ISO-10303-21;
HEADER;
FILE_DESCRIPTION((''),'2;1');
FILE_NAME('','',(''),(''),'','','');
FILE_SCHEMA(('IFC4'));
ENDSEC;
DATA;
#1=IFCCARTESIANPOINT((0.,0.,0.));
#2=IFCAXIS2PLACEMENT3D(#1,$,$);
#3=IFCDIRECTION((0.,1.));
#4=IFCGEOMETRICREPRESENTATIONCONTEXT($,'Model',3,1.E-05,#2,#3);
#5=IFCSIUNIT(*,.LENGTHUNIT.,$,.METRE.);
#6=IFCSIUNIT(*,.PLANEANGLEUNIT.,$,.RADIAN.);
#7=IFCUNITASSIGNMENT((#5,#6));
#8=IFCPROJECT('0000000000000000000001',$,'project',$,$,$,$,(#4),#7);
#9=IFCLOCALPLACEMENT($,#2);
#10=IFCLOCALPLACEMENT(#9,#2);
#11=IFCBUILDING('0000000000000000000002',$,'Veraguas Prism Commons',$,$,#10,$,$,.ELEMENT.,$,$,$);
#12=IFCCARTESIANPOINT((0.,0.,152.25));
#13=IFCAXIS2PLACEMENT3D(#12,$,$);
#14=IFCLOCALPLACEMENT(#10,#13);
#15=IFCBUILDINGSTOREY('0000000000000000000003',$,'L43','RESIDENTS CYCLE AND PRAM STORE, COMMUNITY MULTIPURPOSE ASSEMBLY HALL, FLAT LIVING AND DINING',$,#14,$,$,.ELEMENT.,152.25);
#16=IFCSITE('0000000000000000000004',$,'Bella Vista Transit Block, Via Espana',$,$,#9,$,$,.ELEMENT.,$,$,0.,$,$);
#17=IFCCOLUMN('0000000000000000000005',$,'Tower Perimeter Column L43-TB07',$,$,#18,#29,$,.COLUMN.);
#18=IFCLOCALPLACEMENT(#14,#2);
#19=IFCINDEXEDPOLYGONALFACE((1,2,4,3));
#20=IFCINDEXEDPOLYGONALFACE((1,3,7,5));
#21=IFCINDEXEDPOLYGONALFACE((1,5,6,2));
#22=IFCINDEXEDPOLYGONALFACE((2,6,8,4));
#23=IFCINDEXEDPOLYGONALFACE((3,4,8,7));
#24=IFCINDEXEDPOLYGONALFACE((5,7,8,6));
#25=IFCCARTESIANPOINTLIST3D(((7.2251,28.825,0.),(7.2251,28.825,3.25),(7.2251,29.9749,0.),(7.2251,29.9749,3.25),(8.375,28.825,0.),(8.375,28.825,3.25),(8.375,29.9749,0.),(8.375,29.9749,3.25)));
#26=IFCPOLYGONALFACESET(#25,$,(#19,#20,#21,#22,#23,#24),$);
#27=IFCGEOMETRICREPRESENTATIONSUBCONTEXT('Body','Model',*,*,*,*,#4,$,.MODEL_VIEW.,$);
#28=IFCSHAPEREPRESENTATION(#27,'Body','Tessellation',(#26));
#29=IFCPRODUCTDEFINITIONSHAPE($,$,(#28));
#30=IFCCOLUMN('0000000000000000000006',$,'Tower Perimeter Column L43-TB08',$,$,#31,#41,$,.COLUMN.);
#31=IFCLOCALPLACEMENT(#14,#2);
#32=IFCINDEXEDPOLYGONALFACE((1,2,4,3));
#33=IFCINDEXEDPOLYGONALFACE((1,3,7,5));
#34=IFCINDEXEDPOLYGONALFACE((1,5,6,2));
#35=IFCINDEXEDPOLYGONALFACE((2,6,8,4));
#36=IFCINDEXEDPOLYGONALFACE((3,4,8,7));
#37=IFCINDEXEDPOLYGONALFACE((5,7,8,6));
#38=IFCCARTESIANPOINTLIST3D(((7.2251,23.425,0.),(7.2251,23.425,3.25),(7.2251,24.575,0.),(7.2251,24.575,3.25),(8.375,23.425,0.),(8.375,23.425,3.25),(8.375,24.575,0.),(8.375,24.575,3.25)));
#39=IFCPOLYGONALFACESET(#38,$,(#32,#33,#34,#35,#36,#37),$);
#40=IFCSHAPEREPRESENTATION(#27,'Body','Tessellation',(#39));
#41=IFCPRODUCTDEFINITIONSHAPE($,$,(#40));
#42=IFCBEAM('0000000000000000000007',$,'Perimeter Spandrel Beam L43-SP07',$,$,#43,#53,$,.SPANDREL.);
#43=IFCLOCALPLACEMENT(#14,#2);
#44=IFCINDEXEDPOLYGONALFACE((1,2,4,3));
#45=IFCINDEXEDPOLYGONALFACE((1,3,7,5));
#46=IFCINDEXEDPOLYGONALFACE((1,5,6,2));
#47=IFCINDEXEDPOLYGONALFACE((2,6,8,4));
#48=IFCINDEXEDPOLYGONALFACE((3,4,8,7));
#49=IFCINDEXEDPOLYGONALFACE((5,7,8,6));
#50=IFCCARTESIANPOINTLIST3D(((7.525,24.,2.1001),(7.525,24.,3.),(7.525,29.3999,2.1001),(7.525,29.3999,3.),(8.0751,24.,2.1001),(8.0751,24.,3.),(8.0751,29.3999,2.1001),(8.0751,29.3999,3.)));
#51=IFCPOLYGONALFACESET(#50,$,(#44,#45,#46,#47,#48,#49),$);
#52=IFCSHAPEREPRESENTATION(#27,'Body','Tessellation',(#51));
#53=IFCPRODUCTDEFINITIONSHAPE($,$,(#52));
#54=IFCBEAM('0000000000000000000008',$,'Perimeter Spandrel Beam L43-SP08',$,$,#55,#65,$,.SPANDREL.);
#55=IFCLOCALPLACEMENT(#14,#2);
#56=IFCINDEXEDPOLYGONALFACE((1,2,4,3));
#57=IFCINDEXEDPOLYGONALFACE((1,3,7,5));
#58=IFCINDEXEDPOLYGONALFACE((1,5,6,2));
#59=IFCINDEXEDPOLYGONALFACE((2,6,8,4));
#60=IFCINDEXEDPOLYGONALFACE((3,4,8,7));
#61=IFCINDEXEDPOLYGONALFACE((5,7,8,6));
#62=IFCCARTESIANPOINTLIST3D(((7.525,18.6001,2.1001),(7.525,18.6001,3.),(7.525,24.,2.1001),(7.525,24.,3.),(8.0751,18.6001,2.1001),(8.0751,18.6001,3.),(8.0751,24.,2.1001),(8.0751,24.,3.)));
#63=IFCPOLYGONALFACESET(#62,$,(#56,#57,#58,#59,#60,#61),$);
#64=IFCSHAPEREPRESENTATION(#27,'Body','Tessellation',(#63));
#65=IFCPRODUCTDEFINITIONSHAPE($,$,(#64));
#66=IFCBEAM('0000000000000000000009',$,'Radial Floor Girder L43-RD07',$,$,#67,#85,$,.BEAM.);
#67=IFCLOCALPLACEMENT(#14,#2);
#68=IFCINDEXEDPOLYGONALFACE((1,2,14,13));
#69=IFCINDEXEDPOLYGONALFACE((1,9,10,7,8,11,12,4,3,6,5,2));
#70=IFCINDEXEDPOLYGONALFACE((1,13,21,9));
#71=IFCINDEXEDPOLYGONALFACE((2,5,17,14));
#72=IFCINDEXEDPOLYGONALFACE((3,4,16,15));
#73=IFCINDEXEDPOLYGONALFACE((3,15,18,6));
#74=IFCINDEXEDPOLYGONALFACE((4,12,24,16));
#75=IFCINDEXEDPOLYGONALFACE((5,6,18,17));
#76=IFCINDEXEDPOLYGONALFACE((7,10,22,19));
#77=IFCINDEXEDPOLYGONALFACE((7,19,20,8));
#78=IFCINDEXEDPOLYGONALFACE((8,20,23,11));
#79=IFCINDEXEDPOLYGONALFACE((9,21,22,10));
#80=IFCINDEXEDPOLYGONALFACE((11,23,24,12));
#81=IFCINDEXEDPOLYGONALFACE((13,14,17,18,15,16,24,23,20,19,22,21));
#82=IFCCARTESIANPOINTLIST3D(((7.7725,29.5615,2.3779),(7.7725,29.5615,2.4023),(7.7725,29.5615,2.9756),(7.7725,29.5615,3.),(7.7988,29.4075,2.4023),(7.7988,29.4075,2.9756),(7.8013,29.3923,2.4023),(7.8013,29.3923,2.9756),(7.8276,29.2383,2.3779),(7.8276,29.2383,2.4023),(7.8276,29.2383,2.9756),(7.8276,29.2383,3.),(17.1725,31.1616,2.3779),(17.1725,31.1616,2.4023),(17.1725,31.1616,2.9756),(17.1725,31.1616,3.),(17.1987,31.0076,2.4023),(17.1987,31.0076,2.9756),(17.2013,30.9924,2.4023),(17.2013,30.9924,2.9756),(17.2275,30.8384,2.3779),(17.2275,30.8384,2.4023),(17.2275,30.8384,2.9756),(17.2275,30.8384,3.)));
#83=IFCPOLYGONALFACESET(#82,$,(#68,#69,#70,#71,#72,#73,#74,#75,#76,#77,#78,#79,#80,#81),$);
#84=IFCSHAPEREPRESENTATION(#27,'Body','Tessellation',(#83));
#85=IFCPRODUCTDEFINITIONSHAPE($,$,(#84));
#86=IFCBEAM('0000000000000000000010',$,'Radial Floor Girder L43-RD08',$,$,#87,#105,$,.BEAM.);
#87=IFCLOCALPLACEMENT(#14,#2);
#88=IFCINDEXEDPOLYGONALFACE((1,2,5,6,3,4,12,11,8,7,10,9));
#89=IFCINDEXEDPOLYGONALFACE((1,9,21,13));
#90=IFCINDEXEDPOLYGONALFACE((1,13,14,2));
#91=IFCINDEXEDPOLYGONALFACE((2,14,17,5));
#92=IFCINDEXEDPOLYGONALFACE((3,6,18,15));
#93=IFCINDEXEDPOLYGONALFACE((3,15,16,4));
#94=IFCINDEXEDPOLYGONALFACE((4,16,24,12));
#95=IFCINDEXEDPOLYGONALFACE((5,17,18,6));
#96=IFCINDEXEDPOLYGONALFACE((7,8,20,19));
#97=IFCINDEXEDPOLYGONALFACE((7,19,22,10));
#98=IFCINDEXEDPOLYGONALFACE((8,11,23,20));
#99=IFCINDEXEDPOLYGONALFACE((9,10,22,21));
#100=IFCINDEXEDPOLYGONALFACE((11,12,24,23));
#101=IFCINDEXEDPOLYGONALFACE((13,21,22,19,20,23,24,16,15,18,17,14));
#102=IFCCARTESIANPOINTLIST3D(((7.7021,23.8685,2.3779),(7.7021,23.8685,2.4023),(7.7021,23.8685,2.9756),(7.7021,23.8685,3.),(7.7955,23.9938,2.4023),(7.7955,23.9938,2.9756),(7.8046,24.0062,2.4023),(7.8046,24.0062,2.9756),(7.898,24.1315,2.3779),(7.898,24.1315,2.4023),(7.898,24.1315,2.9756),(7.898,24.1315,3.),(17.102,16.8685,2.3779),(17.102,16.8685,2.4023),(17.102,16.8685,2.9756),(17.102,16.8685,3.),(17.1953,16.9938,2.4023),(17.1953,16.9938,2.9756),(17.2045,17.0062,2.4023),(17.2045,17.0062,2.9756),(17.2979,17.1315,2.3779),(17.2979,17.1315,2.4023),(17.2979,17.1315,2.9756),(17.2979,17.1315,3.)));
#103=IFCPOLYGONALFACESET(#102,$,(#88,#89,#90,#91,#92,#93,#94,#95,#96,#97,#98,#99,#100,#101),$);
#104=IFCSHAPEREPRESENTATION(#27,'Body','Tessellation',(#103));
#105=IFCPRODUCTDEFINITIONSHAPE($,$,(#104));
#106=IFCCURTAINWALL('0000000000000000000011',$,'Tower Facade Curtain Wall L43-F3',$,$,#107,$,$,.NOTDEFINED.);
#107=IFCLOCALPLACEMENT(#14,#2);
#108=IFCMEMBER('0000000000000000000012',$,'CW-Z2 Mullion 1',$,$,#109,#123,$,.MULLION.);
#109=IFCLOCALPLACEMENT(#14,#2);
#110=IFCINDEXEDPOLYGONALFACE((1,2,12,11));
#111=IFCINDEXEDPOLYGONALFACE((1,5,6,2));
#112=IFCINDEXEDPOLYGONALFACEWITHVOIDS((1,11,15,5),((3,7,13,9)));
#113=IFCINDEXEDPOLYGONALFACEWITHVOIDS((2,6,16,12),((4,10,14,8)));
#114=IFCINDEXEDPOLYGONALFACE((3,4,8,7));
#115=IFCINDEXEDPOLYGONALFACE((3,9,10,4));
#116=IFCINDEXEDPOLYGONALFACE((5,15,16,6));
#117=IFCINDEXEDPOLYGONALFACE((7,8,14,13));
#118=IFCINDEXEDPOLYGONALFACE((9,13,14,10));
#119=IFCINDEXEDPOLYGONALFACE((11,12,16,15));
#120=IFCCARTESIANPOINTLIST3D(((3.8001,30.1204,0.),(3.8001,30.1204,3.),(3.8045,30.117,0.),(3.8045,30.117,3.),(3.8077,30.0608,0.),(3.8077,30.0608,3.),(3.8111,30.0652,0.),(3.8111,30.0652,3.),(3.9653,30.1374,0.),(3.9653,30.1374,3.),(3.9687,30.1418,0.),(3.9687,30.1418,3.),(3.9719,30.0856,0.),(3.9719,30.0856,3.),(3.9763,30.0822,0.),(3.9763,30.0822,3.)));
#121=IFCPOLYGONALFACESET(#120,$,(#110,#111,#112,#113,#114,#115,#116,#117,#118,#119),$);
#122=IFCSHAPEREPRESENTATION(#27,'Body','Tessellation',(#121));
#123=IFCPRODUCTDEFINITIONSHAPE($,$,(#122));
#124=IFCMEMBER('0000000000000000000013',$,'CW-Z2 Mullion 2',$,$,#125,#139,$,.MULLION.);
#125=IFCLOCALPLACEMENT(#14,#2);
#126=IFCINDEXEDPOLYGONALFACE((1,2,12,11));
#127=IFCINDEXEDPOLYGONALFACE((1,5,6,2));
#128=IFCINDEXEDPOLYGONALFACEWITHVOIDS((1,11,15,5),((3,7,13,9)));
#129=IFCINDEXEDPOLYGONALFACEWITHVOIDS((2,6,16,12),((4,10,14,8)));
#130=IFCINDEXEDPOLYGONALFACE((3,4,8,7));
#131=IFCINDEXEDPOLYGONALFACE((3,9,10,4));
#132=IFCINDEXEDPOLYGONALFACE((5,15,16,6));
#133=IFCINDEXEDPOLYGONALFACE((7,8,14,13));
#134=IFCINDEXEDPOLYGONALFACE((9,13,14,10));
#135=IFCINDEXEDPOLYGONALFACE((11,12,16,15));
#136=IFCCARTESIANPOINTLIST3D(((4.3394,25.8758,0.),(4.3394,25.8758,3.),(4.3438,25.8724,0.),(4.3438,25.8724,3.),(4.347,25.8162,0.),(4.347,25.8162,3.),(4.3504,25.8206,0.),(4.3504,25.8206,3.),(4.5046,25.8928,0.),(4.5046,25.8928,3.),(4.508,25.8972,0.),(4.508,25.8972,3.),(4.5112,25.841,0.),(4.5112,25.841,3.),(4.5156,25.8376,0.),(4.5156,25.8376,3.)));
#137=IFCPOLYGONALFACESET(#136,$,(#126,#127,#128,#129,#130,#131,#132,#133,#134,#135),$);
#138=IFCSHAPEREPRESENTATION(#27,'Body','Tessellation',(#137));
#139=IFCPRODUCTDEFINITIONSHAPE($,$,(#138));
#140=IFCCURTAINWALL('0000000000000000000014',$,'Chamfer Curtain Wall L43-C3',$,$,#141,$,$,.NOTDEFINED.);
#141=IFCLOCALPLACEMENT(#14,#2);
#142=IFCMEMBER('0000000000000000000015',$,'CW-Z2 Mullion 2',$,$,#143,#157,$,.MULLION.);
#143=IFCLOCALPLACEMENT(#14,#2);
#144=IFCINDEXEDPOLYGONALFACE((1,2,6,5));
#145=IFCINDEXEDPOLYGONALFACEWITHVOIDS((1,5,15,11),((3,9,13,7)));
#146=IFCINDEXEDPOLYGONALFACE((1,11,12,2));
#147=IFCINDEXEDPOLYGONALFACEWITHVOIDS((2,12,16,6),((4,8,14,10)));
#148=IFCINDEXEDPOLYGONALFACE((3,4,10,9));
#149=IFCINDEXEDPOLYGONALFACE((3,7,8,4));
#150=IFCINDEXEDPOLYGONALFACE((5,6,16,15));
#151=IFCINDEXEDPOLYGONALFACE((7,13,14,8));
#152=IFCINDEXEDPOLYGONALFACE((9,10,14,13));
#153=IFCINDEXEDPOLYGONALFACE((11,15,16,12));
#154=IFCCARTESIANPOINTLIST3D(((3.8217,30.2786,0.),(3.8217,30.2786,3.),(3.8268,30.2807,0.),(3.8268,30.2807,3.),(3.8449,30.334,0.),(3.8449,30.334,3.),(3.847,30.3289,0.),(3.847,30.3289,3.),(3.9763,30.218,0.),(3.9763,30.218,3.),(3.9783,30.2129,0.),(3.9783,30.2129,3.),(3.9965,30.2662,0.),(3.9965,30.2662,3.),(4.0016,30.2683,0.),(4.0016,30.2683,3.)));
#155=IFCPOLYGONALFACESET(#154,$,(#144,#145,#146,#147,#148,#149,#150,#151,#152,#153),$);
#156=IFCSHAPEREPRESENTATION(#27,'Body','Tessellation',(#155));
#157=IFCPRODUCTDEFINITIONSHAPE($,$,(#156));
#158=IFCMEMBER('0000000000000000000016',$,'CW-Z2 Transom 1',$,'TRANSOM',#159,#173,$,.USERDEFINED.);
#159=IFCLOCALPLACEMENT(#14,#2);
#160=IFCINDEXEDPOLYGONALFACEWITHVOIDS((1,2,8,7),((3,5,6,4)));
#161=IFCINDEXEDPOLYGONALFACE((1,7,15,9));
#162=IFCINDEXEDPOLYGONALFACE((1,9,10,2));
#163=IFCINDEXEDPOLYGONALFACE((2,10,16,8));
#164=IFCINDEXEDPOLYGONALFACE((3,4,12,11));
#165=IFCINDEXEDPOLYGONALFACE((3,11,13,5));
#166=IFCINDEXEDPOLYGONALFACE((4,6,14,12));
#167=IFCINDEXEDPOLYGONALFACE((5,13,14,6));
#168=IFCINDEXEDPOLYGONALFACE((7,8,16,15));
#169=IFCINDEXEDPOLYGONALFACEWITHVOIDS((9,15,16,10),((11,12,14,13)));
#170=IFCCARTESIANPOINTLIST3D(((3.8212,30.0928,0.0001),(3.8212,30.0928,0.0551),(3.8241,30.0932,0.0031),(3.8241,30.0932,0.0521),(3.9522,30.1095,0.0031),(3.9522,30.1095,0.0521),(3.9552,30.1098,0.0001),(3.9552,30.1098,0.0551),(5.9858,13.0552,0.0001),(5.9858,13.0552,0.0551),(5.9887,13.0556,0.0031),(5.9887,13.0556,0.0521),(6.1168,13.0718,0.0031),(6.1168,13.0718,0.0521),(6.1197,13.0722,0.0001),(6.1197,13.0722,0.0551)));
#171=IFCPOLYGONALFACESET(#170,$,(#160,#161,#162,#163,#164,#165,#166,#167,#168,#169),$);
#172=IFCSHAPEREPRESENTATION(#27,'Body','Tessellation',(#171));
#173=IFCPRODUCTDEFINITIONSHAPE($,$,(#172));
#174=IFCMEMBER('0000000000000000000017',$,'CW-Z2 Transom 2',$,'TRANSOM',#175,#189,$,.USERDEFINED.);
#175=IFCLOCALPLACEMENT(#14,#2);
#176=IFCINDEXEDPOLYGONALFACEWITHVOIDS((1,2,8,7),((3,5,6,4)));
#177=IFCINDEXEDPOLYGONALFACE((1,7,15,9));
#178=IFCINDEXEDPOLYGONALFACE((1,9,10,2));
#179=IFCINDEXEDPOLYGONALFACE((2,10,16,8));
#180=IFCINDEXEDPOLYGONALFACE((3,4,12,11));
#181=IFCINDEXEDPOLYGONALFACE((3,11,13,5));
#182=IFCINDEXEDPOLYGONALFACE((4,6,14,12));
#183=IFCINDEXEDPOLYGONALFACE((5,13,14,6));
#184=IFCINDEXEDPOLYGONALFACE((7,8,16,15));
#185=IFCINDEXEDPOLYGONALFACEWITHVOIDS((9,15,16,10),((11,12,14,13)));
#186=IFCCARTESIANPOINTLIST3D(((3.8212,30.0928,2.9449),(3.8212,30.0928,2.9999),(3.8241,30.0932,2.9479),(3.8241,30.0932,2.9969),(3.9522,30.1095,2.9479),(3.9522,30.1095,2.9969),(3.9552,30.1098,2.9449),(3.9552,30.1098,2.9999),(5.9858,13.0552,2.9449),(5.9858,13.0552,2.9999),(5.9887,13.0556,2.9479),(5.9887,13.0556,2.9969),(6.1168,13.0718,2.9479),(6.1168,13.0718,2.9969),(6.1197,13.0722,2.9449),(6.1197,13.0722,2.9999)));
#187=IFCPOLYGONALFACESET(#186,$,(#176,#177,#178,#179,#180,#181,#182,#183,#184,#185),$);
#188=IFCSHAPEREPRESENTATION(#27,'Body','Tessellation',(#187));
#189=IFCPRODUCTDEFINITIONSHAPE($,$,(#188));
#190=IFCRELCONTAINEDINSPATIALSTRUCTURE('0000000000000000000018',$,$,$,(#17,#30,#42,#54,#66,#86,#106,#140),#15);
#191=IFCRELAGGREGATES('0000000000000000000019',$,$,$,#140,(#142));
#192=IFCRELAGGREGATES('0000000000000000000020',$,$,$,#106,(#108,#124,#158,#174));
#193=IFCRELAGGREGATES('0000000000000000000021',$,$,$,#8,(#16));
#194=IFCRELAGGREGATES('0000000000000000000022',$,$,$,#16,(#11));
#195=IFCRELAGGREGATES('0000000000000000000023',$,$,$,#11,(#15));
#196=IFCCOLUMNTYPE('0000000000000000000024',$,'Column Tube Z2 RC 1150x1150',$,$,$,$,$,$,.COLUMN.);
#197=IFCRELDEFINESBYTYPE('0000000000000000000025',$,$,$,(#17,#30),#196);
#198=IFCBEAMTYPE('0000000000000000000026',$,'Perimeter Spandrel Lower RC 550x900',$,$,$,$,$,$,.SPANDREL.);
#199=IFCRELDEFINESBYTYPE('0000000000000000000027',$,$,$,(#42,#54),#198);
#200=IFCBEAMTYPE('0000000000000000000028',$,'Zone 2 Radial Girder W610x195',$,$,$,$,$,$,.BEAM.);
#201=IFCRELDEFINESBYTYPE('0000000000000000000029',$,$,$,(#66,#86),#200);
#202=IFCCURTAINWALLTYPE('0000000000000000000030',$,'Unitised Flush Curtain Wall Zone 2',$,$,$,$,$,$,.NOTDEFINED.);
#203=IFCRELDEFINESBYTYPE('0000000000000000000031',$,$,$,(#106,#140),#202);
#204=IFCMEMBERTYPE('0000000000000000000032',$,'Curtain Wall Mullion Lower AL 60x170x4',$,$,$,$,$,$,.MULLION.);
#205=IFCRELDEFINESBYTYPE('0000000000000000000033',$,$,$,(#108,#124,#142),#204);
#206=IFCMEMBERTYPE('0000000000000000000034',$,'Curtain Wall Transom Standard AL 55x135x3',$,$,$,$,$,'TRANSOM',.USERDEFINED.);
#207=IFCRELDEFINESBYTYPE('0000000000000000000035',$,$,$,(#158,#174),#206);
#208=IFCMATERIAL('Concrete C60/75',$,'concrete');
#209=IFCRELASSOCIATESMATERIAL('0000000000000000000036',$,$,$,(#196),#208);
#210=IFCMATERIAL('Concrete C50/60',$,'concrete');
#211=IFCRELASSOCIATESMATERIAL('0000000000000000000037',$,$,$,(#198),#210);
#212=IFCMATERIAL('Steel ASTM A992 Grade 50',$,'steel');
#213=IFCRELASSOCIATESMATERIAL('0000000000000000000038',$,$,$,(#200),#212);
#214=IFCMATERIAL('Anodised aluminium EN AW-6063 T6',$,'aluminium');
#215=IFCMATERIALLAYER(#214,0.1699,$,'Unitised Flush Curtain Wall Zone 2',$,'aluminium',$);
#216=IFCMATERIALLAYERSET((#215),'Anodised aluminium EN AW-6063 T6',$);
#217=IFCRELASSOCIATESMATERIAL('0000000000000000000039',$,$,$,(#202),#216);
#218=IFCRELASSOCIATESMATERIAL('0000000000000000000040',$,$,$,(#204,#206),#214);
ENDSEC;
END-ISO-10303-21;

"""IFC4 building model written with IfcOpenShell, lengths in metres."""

from ifc_helpers import new_model, si_unit, direction, frame, origin, origin_2d, place, context, subcontext, project, spatial, rectangle, hollow_rectangle, i_section, extrude, source, transform, mapped, material, layer, layer_set, material_profile, profile_set, type_object, element, aggregate, save


model = new_model("IFC4")

# Units and contexts
model_context = context("Model", 3, precision=1e-05, world=origin(), true_north=direction((0.0, 1.0)))
body_context = subcontext(model_context, "Body", "Model", "MODEL_VIEW")
ifc_project = project(units=[si_unit("LENGTHUNIT", "METRE"), si_unit("PLANEANGLEUNIT", "RADIAN")], contexts=[model_context])

# Site, building, storey
site_placement = place(None, origin())
site = spatial("IfcSite", under=ifc_project, at=site_placement, Name="Bella Vista Transit Block, Via Espana", CompositionType="ELEMENT", RefElevation=0.0)
building_placement = place(site_placement, origin())
building = spatial("IfcBuilding", under=site, at=building_placement, Name="Veraguas Prism Commons", CompositionType="ELEMENT")
storey_placement = place(building_placement, frame((0.0, 0.0, 152.25)))
storey = spatial("IfcBuildingStorey", under=building, at=storey_placement, Name="L43", Description="RESIDENTS CYCLE AND PRAM STORE, COMMUNITY MULTIPURPOSE ASSEMBLY HALL, FLAT LIVING AND DINING", CompositionType="ELEMENT", Elevation=152.25)

# Columns
ifc_material_1 = material(Name="Concrete C60/75", Category="concrete")
ifc_material_profile_1 = material_profile(ifc_material_1, rectangle(XDim=1.1499, YDim=1.1499, at=origin_2d()), Name="RC1150X1150")
ifc_profile_set_1 = profile_set([ifc_material_profile_1], Name="Concrete C60/75")
column_type = type_object("IfcColumnType", Name="Column Tube Z2 RC 1150x1150", PredefinedType="COLUMN", material=ifc_profile_set_1)
for number, where, z_axis, x_axis, name in (
    (1, (7.8, 29.3999, 0.0), (0.0, 0.0, 1.0), (1.0, 0.0, 0.0), "Tower Perimeter Column L43-TB07"),
    (2, (7.8, 24.0, 0.0), (0.0, 0.0, 1.0), (1.0, 0.0, 0.0), "Tower Perimeter Column L43-TB08"),
):
    element("IfcColumn", number, at=place(storey_placement, frame(where, z_axis=z_axis, x_axis=x_axis)), inside=storey, type_object=column_type, Name=name, PredefinedType="COLUMN", context=body_context, shape_type="SweptSolid", body=[
        extrude(rectangle(XDim=1.1499, YDim=1.1499, at=origin_2d()), origin(), (0.0, 0.0, 1.0), 3.25),
    ])

# Beams
ifc_material_2 = material(Name="Concrete C50/60", Category="concrete")
ifc_material_profile_2 = material_profile(ifc_material_2, rectangle(XDim=0.55, YDim=0.8999, at=origin_2d()), Name="RC550X900")
ifc_profile_set_2 = profile_set([ifc_material_profile_2], Name="Concrete C50/60")
beam_type_1 = type_object("IfcBeamType", Name="Perimeter Spandrel Lower RC 550x900", PredefinedType="SPANDREL", material=ifc_profile_set_2)
for number, where, z_axis, x_axis, name in (
    (3, (7.8, 29.3999, 2.55), (0.0, -1.0, 0.0), (1.0, 0.0, 0.0), "Perimeter Spandrel Beam L43-SP07"),
    (4, (7.8, 24.0, 2.55), (0.0, -1.0, 0.0), (1.0, 0.0, 0.0), "Perimeter Spandrel Beam L43-SP08"),
):
    element("IfcBeam", number, at=place(storey_placement, frame(where, z_axis=z_axis, x_axis=x_axis)), inside=storey, type_object=beam_type_1, Name=name, PredefinedType="SPANDREL", context=body_context, shape_type="SweptSolid", body=[
        extrude(rectangle(XDim=0.55, YDim=0.8999, at=origin_2d()), origin(), (0.0, 0.0, 1.0), 5.3999),
    ])
ifc_material_3 = material(Name="Steel ASTM A992 Grade 50", Category="steel")
ifc_material_profile_3 = material_profile(ifc_material_3, i_section(OverallWidth=0.3279, OverallDepth=0.6221, WebThickness=0.0154, FlangeThickness=0.0244, at=origin_2d()), Name="W610X195")
ifc_profile_set_3 = profile_set([ifc_material_profile_3], Name="Steel ASTM A992 Grade 50")
beam_type_2 = type_object("IfcBeamType", Name="Zone 2 Radial Girder W610x195", PredefinedType="BEAM", material=ifc_profile_set_3)
beam_1_placement = place(storey_placement, frame((7.8, 29.3999, 2.689), z_axis=(0.985819, 0.167811, 0.0), x_axis=(-0.167811, 0.985819, 0.0)))
element("IfcBeam", 5, at=beam_1_placement, inside=storey, type_object=beam_type_2, Name="Radial Floor Girder L43-RD07", PredefinedType="BEAM", context=body_context, shape_type="SweptSolid", body=[
    extrude(i_section(OverallWidth=0.3279, OverallDepth=0.6221, WebThickness=0.0154, FlangeThickness=0.0244, at=origin_2d()), origin(), (0.0, 0.0, 1.0), 9.5352),
])
beam_2_placement = place(storey_placement, frame((7.8, 24.0, 2.689), z_axis=(0.80204, -0.59727, 0.0), x_axis=(0.59727, 0.80204, 0.0)))
element("IfcBeam", 6, at=beam_2_placement, inside=storey, type_object=beam_type_2, Name="Radial Floor Girder L43-RD08", PredefinedType="BEAM", context=body_context, shape_type="SweptSolid", body=[
    extrude(i_section(OverallWidth=0.3279, OverallDepth=0.6221, WebThickness=0.0154, FlangeThickness=0.0244, at=origin_2d()), origin(), (0.0, 0.0, 1.0), 11.72),
])

# Curtain wall, members
ifc_material_4 = material(Name="Anodised aluminium EN AW-6063 T6", Category="aluminium")
ifc_layer_1 = layer(ifc_material_4, 0.1699, Name="Unitised Flush Curtain Wall Zone 2", Category="aluminium")
ifc_layer_set_1 = layer_set([ifc_layer_1], Name="Anodised aluminium EN AW-6063 T6")
curtain_wall_type = type_object("IfcCurtainWallType", Name="Unitised Flush Curtain Wall Zone 2", PredefinedType="NOTDEFINED", material=ifc_layer_set_1)
curtain_wall_1_placement = place(storey_placement, origin())
curtain_wall_1 = element("IfcCurtainWall", 7, at=curtain_wall_1_placement, inside=storey, type_object=curtain_wall_type, Name="Tower Facade Curtain Wall L43-F3", PredefinedType="NOTDEFINED")
ifc_material_profile_4 = material_profile(ifc_material_4, hollow_rectangle(XDim=0.0601, YDim=0.1699, WallThickness=0.0039, at=origin_2d()), Name="AL60X170X4")
ifc_profile_set_4 = profile_set([ifc_material_profile_4], Name="Anodised aluminium EN AW-6063 T6")
member_type_1 = type_object("IfcMemberType", Name="Curtain Wall Mullion Lower AL 60x170x4", PredefinedType="MULLION", material=ifc_profile_set_4)
shared_shape_1 = source(origin(), body_context, "Body", "SweptSolid", [
    extrude(hollow_rectangle(XDim=0.0601, YDim=0.1699, WallThickness=0.0039, at=origin_2d()), origin(), (0.0, 0.0, 1.0), 3.0),
])
member_1_placement = place(storey_placement, frame((3.8882, 30.1013, 0.0), z_axis=(0.0, 0.0, 1.0), x_axis=(0.126021, -0.992028, 0.0)))
member_1 = element("IfcMember", 8, at=member_1_placement, type_object=member_type_1, Name="CW-Z2 Mullion 1", PredefinedType="MULLION", context=body_context, shape_type="MappedRepresentation", body=[
    mapped(shared_shape_1, transform((0.0, 0.0, 0.0), scale=1.0)),
])
member_2_placement = place(storey_placement, frame((4.4275, 25.8567, 0.0), z_axis=(0.0, 0.0, 1.0), x_axis=(0.126021, -0.992028, 0.0)))
member_2 = element("IfcMember", 9, at=member_2_placement, type_object=member_type_1, Name="CW-Z2 Mullion 2", PredefinedType="MULLION", context=body_context, shape_type="MappedRepresentation", body=[
    mapped(shared_shape_1, transform((0.0, 0.0, 0.0), scale=1.0)),
])

# Curtain wall, member
curtain_wall_2_placement = place(storey_placement, origin())
curtain_wall_2 = element("IfcCurtainWall", 10, at=curtain_wall_2_placement, inside=storey, type_object=curtain_wall_type, Name="Chamfer Curtain Wall L43-C3", PredefinedType="NOTDEFINED")
member_3_placement = place(storey_placement, frame((3.9116, 30.2734, 0.0), z_axis=(0.0, 0.0, 1.0), x_axis=(-0.386882, -0.922129, 0.0)))
member_3 = element("IfcMember", 11, at=member_3_placement, type_object=member_type_1, Name="CW-Z2 Mullion 2", PredefinedType="MULLION", context=body_context, shape_type="MappedRepresentation", body=[
    mapped(shared_shape_1, transform((0.0, 0.0, 0.0), scale=1.0)),
])
aggregate(curtain_wall_2, [member_3])

# Members
ifc_material_profile_5 = material_profile(ifc_material_4, hollow_rectangle(XDim=0.0549, YDim=0.135, WallThickness=0.0029, at=origin_2d()), Name="AL55X135X3")
ifc_profile_set_5 = profile_set([ifc_material_profile_5], Name="Anodised aluminium EN AW-6063 T6")
member_type_2 = type_object("IfcMemberType", Name="Curtain Wall Transom Standard AL 55x135x3", ElementType="TRANSOM", PredefinedType="USERDEFINED", material=ifc_profile_set_5)
shared_shape_2 = source(origin(), body_context, "Body", "SweptSolid", [
    extrude(hollow_rectangle(XDim=0.0549, YDim=0.135, WallThickness=0.0029, at=origin_2d()), origin(), (0.0, 0.0, 1.0), 17.1746),
])
member_4_placement = place(storey_placement, frame((3.8882, 30.1013, 0.0276), z_axis=(0.126032, -0.992026, 0.0), x_axis=(0.0, 0.0, 1.0)))
member_4 = element("IfcMember", 12, at=member_4_placement, type_object=member_type_2, Name="CW-Z2 Transom 1", ObjectType="TRANSOM", PredefinedType="USERDEFINED", context=body_context, shape_type="MappedRepresentation", body=[
    mapped(shared_shape_2, transform((0.0, 0.0, 0.0), scale=1.0)),
])
member_5_placement = place(storey_placement, frame((3.8882, 30.1013, 2.9724), z_axis=(0.126032, -0.992026, 0.0), x_axis=(0.0, 0.0, 1.0)))
member_5 = element("IfcMember", 13, at=member_5_placement, type_object=member_type_2, Name="CW-Z2 Transom 2", ObjectType="TRANSOM", PredefinedType="USERDEFINED", context=body_context, shape_type="MappedRepresentation", body=[
    mapped(shared_shape_2, transform((0.0, 0.0, 0.0), scale=1.0)),
])

aggregate(curtain_wall_1, [member_1, member_2, member_4, member_5])

save(model, "model.ifc")
